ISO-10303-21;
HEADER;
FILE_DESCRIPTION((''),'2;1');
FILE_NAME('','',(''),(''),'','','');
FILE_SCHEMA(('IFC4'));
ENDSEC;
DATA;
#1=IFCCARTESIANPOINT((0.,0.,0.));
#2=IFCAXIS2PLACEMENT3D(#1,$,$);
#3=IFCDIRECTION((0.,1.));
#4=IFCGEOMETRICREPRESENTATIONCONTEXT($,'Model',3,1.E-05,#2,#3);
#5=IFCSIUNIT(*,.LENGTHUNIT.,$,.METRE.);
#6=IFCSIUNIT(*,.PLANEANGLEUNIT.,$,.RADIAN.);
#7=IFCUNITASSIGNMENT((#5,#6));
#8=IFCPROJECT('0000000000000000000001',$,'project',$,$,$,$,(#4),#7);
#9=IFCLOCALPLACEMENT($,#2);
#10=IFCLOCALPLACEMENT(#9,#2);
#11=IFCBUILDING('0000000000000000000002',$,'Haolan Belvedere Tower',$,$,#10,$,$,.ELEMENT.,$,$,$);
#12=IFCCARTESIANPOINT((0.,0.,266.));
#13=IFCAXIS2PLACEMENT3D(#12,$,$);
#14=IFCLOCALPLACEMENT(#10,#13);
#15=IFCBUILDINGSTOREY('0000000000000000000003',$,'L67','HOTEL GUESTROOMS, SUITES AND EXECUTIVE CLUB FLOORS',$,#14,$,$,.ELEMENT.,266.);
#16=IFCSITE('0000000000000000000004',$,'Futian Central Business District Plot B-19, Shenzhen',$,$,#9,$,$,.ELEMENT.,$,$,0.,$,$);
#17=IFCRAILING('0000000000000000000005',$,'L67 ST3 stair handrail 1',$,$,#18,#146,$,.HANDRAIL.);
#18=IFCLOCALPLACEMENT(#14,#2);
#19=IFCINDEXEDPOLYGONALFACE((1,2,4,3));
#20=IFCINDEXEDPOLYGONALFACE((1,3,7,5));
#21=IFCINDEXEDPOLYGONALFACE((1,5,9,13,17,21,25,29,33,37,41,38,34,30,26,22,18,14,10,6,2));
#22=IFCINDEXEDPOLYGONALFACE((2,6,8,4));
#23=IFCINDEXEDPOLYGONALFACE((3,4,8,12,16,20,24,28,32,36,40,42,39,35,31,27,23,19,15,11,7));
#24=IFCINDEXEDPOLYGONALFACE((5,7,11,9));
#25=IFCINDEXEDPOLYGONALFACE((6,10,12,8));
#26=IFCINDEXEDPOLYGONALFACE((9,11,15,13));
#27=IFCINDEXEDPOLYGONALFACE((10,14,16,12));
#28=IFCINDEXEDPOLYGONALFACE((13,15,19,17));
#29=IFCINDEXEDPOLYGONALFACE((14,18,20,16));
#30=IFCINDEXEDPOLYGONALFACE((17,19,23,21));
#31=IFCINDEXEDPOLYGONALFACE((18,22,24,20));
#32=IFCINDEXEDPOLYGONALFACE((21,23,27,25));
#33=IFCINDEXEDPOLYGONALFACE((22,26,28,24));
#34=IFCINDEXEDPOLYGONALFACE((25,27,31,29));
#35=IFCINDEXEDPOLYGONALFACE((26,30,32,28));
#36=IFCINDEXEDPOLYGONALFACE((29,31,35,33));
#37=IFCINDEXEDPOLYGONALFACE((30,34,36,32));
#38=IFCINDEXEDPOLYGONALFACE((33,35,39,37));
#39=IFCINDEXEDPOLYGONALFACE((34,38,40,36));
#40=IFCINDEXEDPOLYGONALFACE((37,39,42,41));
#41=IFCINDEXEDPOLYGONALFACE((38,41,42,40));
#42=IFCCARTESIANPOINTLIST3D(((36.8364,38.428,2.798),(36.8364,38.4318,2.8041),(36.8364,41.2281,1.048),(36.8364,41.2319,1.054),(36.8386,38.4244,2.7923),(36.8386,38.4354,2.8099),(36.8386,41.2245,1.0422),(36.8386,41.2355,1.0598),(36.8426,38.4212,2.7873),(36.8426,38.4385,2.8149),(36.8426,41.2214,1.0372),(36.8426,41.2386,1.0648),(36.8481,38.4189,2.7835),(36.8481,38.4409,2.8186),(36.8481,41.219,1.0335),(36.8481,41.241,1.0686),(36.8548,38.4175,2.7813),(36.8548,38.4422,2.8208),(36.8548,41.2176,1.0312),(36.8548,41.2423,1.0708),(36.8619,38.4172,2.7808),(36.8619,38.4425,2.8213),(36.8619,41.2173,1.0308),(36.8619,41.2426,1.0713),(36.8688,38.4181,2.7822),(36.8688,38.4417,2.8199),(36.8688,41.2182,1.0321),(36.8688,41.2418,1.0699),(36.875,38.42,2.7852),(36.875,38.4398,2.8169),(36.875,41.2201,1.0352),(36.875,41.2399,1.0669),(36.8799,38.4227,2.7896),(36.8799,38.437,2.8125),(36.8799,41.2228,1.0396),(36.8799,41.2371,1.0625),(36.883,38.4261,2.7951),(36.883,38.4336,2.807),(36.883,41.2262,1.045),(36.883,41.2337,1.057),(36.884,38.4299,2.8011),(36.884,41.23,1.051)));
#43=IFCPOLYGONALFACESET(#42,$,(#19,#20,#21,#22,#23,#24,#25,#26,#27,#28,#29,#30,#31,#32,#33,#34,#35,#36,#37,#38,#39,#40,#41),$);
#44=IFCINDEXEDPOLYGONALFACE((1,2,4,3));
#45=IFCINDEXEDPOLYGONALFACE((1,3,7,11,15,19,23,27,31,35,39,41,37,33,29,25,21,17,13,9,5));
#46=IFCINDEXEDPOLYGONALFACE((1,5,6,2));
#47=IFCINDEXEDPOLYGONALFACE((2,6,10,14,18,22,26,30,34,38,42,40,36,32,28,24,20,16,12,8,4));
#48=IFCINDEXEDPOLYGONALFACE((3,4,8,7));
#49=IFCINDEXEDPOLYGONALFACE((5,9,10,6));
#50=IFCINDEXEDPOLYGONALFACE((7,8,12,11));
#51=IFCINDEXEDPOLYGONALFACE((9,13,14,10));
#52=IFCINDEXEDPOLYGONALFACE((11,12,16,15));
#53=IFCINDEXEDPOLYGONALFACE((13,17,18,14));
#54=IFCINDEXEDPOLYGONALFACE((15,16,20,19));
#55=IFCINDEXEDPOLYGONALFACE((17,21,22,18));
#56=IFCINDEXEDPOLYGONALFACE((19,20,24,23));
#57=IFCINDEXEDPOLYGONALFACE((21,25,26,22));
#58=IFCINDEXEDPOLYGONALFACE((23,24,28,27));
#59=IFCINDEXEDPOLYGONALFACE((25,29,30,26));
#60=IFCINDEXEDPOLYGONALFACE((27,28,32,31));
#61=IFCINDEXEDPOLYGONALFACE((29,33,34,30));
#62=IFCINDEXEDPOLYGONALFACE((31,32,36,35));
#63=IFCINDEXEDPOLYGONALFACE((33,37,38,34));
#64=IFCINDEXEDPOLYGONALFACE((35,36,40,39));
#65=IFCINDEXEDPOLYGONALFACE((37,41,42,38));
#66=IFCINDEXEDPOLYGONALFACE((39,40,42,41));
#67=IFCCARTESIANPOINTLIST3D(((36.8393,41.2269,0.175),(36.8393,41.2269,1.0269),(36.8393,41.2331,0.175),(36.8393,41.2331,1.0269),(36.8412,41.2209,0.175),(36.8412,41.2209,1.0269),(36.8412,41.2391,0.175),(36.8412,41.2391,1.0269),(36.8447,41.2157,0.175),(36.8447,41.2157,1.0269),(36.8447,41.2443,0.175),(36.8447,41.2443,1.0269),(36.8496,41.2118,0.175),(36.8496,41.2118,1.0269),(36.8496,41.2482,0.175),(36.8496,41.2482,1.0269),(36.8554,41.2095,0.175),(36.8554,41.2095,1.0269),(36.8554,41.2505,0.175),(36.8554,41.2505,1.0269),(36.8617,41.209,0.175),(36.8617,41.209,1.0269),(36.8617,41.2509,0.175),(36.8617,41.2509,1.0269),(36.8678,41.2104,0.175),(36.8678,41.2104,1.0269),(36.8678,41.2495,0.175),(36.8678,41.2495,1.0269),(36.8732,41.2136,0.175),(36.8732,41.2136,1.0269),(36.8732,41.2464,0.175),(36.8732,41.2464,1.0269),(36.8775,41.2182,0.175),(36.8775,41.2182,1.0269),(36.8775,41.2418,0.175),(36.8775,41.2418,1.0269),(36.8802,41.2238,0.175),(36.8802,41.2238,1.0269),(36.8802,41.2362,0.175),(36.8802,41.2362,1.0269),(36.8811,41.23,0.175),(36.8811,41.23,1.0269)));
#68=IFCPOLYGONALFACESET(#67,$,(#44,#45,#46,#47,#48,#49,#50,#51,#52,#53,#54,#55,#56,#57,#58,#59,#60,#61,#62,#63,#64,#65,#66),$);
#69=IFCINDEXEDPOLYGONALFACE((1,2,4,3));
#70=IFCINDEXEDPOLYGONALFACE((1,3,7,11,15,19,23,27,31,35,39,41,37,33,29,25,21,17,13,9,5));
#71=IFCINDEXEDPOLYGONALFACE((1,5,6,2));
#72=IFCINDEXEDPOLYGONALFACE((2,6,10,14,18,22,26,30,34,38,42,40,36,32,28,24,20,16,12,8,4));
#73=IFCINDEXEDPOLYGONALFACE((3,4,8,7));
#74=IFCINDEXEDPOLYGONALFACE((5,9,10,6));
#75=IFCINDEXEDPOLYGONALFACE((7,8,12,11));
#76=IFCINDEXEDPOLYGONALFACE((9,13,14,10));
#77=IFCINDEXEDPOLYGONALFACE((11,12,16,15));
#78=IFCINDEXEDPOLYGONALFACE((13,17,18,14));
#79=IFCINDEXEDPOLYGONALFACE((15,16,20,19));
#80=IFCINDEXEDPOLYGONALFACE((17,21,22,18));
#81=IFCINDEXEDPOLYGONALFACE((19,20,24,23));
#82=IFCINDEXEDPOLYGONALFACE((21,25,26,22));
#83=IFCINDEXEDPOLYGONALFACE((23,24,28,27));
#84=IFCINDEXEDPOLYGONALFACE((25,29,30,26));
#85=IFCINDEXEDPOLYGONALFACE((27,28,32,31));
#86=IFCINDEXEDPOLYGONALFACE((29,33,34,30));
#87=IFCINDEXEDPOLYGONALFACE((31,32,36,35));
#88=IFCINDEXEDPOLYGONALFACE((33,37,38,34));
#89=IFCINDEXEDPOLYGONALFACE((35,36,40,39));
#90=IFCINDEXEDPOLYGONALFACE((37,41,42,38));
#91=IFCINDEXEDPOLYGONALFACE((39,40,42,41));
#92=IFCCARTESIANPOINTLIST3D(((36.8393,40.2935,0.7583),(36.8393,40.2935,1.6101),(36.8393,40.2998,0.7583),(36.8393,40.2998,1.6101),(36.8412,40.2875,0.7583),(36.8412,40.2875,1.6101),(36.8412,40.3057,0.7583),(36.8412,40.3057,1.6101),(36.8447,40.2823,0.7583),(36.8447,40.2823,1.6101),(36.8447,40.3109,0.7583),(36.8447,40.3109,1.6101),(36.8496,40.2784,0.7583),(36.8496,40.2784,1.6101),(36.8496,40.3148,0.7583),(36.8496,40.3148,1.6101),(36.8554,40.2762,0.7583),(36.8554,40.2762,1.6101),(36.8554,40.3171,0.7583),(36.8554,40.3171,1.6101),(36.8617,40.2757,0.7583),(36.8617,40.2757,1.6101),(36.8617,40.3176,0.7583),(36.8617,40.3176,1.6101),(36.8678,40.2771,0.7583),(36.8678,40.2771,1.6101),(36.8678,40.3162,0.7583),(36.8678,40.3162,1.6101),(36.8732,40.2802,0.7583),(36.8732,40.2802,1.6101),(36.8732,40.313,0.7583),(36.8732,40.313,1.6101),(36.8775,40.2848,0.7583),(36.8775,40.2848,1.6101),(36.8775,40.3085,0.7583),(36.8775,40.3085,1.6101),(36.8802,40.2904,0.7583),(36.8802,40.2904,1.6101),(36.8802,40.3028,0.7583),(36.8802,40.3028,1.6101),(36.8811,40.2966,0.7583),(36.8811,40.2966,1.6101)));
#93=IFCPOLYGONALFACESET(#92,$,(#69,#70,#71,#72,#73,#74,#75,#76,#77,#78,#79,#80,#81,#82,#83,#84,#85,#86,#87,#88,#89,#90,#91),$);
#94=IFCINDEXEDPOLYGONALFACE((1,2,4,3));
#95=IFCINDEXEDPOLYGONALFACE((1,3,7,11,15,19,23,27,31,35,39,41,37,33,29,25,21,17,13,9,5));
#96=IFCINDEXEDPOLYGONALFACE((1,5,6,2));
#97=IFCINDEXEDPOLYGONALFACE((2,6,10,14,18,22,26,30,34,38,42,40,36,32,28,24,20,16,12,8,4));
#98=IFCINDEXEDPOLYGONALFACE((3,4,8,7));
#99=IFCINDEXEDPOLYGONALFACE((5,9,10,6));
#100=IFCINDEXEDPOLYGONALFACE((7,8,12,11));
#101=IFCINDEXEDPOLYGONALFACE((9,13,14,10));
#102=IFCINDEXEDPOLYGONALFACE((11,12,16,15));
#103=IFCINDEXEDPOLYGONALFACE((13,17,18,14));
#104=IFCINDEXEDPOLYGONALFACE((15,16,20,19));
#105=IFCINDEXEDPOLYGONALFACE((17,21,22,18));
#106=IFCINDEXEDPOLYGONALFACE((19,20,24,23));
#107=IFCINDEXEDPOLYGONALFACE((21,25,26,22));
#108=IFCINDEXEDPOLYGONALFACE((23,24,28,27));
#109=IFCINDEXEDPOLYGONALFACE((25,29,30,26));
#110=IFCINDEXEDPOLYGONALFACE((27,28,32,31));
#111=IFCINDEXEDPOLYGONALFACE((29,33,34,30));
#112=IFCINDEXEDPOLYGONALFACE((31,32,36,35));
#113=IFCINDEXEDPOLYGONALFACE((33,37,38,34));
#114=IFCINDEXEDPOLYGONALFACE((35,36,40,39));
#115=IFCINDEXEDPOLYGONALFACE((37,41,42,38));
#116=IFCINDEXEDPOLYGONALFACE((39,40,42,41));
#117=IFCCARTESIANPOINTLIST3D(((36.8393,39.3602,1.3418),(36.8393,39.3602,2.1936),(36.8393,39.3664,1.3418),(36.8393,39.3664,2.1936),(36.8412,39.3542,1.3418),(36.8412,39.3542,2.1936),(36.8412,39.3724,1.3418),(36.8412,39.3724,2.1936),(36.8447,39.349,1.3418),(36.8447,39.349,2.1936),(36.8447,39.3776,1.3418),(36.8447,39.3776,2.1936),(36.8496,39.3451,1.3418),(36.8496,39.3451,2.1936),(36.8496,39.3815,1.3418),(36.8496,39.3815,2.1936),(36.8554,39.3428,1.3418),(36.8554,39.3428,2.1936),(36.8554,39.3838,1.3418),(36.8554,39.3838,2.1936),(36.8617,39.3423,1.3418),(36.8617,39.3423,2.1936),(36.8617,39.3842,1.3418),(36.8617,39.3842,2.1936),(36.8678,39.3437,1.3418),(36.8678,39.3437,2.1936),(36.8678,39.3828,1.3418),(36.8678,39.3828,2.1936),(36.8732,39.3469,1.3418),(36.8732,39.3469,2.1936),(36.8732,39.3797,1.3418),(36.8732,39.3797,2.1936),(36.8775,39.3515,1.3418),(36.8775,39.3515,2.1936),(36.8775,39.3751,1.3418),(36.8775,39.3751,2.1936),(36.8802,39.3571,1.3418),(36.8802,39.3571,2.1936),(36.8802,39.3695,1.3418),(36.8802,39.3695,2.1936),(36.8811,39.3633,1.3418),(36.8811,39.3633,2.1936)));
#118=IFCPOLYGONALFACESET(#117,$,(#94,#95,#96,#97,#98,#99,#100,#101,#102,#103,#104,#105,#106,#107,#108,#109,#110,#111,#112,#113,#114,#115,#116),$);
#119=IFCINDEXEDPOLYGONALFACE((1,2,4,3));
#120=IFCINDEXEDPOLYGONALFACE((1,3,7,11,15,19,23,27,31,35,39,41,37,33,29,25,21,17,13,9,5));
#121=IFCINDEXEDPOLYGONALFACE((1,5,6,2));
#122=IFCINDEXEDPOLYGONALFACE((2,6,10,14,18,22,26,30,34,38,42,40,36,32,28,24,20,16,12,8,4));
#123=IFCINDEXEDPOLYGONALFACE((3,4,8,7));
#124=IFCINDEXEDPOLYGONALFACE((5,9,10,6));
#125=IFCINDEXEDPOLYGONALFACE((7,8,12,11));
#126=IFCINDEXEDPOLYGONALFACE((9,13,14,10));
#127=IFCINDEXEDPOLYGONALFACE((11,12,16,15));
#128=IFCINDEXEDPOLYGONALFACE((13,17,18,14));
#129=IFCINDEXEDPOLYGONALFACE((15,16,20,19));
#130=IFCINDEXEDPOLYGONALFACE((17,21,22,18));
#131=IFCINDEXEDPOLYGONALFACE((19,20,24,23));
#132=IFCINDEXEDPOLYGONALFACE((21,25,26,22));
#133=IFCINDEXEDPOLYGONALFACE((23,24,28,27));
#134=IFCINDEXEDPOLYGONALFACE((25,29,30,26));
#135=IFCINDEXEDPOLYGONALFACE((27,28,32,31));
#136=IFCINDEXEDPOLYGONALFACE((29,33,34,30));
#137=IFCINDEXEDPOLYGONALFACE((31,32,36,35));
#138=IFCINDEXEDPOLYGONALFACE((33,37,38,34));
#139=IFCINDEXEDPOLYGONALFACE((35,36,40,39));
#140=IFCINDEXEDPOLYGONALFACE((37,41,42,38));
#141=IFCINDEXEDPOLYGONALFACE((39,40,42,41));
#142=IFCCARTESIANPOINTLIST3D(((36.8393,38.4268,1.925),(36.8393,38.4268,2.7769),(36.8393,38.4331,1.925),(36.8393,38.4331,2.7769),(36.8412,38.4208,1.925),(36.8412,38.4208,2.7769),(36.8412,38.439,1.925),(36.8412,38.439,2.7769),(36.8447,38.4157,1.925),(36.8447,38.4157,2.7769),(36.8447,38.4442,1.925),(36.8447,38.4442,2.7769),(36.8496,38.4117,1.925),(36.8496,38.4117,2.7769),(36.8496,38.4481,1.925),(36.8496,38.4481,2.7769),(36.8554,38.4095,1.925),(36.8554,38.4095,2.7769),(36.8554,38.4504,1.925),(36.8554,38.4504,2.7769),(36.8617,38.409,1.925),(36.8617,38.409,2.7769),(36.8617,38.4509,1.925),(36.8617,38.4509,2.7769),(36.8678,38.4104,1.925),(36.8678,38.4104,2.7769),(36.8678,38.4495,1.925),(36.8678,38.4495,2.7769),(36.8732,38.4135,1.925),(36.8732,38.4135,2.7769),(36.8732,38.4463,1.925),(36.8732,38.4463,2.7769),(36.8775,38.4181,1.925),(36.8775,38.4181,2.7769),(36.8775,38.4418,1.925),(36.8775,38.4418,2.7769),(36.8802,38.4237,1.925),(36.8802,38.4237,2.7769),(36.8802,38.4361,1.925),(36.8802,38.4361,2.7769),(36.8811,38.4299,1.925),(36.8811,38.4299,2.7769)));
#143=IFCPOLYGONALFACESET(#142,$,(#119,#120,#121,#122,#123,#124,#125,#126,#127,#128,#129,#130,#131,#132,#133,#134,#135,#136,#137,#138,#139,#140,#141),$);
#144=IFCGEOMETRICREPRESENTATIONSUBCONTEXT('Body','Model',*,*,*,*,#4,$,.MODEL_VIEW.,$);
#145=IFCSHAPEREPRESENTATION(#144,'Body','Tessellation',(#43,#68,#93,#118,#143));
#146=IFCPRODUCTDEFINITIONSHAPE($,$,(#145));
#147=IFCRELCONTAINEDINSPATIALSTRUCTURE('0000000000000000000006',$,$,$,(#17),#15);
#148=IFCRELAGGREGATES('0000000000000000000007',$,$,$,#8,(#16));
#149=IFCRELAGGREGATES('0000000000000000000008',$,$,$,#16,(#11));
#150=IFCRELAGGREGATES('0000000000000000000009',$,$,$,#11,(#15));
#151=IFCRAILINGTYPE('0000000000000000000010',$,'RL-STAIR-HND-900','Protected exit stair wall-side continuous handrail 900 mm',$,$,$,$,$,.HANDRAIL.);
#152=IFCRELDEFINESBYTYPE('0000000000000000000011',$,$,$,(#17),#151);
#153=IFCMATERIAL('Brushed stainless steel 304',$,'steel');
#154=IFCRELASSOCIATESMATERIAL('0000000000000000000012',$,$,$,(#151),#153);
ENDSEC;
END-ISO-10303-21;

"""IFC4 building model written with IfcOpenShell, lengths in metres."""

from ifc_helpers import new_model, si_unit, direction, frame, origin, origin_2d, place, context, subcontext, project, spatial, circle, extrude, material, type_object, element, save


model = new_model("IFC4")

# Units and contexts
model_context = context("Model", 3, precision=1e-05, world=origin(), true_north=direction((0.0, 1.0)))
body_context = subcontext(model_context, "Body", "Model", "MODEL_VIEW")
ifc_project = project(units=[si_unit("LENGTHUNIT", "METRE"), si_unit("PLANEANGLEUNIT", "RADIAN")], contexts=[model_context])

# Site, building, storey
site_placement = place(None, origin())
site = spatial("IfcSite", under=ifc_project, at=site_placement, Name="Futian Central Business District Plot B-19, Shenzhen", CompositionType="ELEMENT", RefElevation=0.0)
building_placement = place(site_placement, origin())
building = spatial("IfcBuilding", under=site, at=building_placement, Name="Haolan Belvedere Tower", CompositionType="ELEMENT")
storey_placement = place(building_placement, frame((0.0, 0.0, 266.0)))
storey = spatial("IfcBuildingStorey", under=building, at=storey_placement, Name="L67", Description="HOTEL GUESTROOMS, SUITES AND EXECUTIVE CLUB FLOORS", CompositionType="ELEMENT", Elevation=266.0)

# Railing
ifc_material_1 = material(Name="Brushed stainless steel 304", Category="steel")
railing_type_1 = type_object("IfcRailingType", Name="RL-STAIR-HND-900", Description="Protected exit stair wall-side continuous handrail 900 mm", PredefinedType="HANDRAIL", material=ifc_material_1)
railing_1_placement = place(storey_placement, frame((36.8601, 41.23, 0.175)))
element("IfcRailing", 1, at=railing_1_placement, inside=storey, type_object=railing_type_1, Name="L67 ST3 stair handrail 1", PredefinedType="HANDRAIL", context=body_context, shape_type="SweptSolid", body=[
    extrude(circle(Radius=0.0239, at=origin_2d()), frame((0.0, 0.0, 0.876), z_axis=(0.0, -0.848002, 0.529992), x_axis=(1.0, 0.0, 0.0)), (0.0, 0.0, 1.0), 3.302),
    extrude(circle(Radius=0.021, at=origin_2d()), origin(), (0.0, 0.0, 1.0), 0.8518),
    extrude(circle(Radius=0.021, at=origin_2d()), frame((0.0, -0.9333, 0.5833)), (0.0, 0.0, 1.0), 0.8518),
    extrude(circle(Radius=0.021, at=origin_2d()), frame((0.0, -1.8667, 1.1667)), (0.0, 0.0, 1.0), 0.8518),
    extrude(circle(Radius=0.021, at=origin_2d()), frame((0.0, -2.8, 1.75)), (0.0, 0.0, 1.0), 0.8518),
])

save(model, "model.ifc")
